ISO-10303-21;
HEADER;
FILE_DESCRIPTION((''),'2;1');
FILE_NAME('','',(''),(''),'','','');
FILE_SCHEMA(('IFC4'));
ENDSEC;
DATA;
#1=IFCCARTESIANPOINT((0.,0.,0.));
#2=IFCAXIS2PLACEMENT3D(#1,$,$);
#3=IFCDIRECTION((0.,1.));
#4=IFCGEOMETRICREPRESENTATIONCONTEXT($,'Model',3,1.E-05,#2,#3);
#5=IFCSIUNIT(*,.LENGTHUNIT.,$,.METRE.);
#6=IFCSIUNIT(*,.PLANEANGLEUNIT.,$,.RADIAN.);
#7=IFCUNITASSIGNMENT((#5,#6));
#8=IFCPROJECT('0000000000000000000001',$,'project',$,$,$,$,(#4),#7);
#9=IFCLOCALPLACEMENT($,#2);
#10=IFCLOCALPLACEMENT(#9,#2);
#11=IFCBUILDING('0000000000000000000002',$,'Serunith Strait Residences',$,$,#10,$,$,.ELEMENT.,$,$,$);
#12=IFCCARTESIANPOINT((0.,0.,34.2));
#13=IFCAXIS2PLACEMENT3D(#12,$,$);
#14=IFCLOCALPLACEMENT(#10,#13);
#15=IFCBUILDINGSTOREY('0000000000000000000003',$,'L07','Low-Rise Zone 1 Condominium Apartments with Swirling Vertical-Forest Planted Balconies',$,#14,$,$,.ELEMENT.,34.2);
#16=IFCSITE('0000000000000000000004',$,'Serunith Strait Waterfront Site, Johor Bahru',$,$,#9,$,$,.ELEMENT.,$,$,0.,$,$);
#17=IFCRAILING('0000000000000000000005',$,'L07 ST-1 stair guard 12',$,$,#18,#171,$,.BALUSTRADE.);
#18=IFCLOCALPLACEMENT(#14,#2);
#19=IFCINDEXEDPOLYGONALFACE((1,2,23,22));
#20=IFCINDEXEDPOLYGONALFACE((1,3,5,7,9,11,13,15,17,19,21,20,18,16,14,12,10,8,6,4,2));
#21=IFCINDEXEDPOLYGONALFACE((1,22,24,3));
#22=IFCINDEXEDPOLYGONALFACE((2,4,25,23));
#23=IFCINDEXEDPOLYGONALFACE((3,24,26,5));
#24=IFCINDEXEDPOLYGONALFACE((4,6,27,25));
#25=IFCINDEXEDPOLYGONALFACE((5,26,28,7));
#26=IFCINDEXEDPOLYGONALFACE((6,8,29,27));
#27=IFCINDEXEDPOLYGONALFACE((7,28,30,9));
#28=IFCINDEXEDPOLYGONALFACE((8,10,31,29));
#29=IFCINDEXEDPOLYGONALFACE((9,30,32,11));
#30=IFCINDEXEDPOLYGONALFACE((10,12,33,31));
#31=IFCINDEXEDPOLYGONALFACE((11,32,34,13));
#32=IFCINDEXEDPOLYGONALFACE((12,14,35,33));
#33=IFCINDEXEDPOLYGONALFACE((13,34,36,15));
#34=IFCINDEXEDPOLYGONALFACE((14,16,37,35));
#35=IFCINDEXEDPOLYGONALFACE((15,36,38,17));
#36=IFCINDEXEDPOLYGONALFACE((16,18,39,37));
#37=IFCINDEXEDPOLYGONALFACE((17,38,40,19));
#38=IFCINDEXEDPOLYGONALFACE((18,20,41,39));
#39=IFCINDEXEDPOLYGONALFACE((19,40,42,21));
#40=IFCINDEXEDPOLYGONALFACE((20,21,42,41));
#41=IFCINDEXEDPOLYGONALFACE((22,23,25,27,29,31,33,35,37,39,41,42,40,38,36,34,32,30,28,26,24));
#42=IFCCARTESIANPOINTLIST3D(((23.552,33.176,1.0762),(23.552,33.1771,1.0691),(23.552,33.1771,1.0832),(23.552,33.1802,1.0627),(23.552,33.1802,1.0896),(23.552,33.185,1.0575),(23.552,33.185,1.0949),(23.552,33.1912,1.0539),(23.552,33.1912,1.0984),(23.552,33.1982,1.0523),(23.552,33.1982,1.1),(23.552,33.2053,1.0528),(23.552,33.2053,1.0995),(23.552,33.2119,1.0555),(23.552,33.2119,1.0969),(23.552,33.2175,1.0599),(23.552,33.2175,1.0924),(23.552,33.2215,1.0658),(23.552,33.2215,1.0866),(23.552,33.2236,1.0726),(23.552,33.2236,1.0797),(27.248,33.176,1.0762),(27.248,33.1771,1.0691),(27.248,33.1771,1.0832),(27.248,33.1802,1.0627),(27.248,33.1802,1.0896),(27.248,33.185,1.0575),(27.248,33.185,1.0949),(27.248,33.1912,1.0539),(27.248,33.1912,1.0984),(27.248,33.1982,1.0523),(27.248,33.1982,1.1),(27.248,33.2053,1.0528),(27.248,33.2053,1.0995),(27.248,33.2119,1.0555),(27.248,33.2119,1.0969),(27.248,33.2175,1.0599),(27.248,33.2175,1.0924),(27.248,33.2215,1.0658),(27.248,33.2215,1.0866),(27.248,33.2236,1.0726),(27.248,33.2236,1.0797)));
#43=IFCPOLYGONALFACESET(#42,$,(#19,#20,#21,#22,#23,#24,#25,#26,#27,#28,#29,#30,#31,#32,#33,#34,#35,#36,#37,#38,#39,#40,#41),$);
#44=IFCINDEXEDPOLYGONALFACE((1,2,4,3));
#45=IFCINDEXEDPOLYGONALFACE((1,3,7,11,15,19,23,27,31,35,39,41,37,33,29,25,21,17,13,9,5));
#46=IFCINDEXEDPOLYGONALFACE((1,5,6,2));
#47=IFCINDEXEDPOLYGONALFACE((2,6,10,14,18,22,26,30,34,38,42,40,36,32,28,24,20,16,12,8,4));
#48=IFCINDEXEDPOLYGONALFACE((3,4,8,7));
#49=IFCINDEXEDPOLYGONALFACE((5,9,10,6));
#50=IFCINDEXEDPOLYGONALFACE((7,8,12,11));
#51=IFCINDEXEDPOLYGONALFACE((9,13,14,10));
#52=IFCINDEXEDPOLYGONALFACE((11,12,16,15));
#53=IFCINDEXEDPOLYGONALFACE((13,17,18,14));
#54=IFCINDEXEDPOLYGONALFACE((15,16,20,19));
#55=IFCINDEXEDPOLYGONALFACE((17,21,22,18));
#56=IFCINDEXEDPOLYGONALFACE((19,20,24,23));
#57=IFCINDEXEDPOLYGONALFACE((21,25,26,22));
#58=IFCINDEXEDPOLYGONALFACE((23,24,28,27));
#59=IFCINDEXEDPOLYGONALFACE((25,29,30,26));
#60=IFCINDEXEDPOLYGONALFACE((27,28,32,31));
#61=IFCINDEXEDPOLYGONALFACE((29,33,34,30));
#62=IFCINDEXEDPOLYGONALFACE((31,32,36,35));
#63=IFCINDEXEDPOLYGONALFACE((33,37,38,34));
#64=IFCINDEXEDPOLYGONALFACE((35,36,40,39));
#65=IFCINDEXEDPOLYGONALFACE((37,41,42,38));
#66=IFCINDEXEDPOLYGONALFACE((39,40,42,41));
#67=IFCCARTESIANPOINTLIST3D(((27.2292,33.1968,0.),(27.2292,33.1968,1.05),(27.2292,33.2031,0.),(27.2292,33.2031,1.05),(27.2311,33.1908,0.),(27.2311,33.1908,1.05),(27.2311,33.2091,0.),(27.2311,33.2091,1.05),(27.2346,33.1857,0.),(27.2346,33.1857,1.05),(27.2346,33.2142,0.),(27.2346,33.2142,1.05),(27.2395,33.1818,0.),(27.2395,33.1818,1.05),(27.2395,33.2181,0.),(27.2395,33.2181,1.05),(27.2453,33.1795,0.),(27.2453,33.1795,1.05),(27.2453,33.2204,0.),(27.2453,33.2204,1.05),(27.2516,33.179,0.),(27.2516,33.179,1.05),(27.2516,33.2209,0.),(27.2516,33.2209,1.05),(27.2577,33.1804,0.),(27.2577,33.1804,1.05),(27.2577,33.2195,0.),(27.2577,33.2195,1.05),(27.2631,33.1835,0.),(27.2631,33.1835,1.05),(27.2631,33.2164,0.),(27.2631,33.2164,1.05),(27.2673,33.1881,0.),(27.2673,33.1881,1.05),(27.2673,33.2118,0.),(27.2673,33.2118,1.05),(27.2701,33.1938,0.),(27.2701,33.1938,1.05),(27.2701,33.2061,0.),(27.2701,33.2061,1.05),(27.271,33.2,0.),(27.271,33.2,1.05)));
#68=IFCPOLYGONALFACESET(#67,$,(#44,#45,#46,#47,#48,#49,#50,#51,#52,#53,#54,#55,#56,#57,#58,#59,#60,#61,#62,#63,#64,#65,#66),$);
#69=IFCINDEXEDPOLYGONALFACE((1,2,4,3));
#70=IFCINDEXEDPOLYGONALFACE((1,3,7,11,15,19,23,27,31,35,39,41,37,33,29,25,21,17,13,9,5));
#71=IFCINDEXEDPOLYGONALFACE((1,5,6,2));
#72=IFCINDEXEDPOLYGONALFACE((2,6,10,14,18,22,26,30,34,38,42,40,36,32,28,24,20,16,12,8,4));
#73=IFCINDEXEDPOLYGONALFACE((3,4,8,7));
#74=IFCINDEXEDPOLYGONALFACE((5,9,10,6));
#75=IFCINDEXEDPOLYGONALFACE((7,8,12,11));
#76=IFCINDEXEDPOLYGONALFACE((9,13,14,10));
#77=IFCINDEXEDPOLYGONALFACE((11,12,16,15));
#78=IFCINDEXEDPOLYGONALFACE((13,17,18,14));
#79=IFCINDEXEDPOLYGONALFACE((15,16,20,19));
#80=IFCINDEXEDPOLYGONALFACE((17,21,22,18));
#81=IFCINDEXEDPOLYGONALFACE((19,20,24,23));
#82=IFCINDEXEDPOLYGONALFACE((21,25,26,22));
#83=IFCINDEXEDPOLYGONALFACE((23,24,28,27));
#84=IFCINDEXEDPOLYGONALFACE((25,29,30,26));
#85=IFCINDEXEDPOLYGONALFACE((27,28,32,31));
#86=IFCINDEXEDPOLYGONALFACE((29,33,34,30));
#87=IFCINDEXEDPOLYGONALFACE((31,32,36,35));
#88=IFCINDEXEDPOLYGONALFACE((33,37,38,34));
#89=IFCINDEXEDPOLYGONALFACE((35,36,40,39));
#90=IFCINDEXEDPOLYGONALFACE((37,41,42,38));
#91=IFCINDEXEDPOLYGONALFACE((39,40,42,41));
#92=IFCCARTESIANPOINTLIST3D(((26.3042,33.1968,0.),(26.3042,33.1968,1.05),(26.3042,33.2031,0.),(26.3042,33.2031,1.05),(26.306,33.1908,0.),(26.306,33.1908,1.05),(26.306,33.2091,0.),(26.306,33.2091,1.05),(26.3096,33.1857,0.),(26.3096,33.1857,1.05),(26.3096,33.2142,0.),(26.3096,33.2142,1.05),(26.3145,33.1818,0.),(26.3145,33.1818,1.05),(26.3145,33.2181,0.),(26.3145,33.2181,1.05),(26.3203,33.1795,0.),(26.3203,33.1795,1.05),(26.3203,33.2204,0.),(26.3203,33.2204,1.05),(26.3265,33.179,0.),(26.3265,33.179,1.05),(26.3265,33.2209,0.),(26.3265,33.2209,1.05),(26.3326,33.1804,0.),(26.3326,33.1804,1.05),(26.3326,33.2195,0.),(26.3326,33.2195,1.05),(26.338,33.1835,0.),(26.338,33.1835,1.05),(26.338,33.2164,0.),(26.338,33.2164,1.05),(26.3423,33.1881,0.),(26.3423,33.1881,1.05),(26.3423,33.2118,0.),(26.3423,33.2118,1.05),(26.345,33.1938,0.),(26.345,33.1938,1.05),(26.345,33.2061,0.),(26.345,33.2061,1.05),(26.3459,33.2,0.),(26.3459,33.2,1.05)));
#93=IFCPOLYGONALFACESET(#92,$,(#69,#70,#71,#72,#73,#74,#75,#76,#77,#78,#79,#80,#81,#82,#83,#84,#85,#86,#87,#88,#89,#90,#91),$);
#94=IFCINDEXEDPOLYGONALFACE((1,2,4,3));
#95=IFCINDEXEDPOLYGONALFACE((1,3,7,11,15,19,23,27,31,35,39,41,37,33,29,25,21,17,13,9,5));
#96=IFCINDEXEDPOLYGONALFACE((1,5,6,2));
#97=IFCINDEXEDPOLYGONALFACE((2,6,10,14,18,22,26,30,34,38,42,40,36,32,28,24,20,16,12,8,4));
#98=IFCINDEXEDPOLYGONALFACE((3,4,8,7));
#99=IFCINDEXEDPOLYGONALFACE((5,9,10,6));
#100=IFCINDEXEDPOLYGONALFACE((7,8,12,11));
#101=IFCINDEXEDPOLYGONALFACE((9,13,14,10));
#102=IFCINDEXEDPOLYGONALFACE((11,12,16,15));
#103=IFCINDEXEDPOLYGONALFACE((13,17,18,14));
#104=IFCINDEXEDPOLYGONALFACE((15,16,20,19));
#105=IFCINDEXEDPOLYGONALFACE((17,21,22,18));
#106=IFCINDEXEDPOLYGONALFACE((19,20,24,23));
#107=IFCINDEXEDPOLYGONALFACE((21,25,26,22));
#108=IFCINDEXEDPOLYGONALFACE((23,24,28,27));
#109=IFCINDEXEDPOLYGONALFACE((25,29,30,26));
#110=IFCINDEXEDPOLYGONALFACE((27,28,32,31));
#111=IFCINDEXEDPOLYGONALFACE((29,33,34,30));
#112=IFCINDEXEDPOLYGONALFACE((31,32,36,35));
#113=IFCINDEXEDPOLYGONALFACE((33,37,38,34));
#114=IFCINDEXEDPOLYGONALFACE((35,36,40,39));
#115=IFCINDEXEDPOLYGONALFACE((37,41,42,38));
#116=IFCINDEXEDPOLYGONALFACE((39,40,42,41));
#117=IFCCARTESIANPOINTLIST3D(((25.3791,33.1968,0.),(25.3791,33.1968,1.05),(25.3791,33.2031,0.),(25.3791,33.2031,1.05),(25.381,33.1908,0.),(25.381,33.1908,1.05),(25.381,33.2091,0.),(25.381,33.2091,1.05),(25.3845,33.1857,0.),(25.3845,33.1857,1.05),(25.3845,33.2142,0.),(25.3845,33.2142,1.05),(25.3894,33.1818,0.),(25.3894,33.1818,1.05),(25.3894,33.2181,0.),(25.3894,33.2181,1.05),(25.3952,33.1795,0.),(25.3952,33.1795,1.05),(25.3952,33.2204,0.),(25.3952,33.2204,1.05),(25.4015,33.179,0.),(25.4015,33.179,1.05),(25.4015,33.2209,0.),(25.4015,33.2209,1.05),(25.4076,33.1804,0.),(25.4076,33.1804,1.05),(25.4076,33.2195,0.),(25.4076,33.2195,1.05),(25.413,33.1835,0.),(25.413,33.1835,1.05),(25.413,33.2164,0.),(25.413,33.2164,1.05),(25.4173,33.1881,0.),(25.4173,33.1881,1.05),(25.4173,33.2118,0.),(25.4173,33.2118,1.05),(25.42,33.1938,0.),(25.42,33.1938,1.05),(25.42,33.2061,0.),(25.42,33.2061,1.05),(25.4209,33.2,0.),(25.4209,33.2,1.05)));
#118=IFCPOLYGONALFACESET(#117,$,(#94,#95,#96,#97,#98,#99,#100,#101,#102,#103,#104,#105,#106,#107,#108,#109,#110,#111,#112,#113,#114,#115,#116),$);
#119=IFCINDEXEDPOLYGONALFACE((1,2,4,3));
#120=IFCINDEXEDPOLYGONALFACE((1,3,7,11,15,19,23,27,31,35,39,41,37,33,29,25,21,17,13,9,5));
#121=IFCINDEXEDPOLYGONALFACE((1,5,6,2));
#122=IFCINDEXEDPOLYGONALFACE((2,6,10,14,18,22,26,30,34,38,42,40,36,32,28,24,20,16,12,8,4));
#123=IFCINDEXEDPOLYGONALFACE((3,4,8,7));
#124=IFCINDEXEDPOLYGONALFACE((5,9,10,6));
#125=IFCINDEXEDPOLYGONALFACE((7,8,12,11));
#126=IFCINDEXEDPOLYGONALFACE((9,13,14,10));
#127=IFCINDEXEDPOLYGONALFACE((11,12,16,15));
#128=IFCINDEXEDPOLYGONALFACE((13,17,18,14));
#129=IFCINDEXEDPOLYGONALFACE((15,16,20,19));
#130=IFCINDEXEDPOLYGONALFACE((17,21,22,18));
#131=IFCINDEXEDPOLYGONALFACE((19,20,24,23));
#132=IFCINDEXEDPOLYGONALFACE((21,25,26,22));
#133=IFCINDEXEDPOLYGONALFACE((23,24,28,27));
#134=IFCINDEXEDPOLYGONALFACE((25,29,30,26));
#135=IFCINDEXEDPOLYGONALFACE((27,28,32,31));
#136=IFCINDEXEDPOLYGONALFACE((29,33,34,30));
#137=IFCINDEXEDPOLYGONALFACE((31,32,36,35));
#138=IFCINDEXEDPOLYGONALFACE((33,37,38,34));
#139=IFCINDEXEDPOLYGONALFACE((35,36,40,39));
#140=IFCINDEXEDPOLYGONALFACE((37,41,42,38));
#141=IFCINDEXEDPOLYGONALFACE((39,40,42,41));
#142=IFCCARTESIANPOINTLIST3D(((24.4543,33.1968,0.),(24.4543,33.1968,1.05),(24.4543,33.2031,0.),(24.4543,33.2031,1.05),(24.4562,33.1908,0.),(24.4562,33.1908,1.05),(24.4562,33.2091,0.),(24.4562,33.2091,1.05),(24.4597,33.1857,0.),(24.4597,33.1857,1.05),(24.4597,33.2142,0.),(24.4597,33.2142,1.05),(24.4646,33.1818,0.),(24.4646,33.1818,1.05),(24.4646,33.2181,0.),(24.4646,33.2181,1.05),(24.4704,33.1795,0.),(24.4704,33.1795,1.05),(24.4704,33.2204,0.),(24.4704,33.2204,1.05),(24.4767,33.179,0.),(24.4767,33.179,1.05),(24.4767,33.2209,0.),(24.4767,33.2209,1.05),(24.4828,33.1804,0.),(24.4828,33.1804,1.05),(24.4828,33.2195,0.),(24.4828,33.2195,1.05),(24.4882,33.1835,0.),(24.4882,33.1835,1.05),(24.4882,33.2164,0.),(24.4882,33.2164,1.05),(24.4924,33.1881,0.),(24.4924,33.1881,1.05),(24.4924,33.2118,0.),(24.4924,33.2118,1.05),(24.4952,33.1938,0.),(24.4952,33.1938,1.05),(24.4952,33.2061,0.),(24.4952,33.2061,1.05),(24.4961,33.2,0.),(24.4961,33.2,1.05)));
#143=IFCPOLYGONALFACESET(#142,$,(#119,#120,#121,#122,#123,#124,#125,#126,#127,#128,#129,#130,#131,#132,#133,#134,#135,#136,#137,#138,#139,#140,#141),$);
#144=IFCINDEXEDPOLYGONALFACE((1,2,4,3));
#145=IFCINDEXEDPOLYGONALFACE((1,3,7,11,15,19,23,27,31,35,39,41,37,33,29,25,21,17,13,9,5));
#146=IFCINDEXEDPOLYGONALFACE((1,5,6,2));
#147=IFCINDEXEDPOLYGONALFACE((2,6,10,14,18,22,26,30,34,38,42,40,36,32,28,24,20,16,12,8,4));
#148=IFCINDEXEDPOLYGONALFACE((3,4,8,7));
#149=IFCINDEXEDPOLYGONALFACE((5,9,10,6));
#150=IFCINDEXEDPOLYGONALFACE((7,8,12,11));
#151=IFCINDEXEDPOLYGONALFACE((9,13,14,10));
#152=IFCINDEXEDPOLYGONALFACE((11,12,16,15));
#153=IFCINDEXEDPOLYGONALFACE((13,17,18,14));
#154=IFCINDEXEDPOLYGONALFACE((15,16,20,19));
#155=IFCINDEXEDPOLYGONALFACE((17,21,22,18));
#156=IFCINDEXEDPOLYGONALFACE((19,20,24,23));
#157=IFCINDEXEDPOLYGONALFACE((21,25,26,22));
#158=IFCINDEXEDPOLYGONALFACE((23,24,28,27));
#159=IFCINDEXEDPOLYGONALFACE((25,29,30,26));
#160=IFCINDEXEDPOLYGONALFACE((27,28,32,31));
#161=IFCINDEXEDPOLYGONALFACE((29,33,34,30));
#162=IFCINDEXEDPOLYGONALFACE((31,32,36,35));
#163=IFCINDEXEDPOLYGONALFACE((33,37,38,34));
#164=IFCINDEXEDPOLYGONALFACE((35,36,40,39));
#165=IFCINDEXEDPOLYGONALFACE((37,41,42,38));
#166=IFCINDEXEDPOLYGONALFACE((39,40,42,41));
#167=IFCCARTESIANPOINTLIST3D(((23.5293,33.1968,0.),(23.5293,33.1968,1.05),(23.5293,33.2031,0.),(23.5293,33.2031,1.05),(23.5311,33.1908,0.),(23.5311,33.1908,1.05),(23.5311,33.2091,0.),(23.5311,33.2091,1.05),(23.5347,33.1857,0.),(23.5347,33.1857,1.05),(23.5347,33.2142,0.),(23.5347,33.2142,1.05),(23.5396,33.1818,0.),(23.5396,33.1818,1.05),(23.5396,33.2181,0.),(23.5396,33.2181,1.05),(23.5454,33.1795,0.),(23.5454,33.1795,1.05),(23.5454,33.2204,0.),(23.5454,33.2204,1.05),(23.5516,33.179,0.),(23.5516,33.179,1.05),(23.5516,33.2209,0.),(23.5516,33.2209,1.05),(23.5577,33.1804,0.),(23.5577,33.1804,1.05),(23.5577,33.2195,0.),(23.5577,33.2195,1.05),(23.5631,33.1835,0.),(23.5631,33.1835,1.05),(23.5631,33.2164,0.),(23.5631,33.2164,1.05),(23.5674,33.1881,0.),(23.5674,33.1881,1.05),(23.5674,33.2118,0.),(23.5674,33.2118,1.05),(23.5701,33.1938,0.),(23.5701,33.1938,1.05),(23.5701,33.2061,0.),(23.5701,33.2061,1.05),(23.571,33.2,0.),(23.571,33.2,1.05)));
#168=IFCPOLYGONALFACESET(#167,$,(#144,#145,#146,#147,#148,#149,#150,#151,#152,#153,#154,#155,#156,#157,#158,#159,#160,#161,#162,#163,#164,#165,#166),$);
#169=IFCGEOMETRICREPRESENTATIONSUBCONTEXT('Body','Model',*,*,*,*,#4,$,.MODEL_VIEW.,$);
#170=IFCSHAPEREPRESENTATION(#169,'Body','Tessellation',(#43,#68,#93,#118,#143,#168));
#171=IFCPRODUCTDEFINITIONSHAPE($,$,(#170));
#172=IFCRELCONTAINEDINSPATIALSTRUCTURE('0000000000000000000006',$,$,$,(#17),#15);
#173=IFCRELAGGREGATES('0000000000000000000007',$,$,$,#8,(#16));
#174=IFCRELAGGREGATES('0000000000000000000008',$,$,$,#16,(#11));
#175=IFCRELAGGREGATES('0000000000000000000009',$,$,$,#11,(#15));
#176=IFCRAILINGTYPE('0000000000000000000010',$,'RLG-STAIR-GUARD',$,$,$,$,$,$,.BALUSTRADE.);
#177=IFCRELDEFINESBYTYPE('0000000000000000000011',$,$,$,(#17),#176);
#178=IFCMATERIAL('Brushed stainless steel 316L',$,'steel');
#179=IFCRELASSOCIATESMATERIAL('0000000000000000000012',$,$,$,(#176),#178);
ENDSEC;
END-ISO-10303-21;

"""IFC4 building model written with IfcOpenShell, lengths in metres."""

from ifc_helpers import new_model, si_unit, direction, frame, origin, origin_2d, place, context, subcontext, project, spatial, circle, extrude, material, type_object, element, save


model = new_model("IFC4")

# Units and contexts
model_context = context("Model", 3, precision=1e-05, world=origin(), true_north=direction((0.0, 1.0)))
body_context = subcontext(model_context, "Body", "Model", "MODEL_VIEW")
ifc_project = project(units=[si_unit("LENGTHUNIT", "METRE"), si_unit("PLANEANGLEUNIT", "RADIAN")], contexts=[model_context])

# Site, building, storey
site_placement = place(None, origin())
site = spatial("IfcSite", under=ifc_project, at=site_placement, Name="Serunith Strait Waterfront Site, Johor Bahru", CompositionType="ELEMENT", RefElevation=0.0)
building_placement = place(site_placement, origin())
building = spatial("IfcBuilding", under=site, at=building_placement, Name="Serunith Strait Residences", CompositionType="ELEMENT")
storey_placement = place(building_placement, frame((0.0, 0.0, 34.2)))
storey = spatial("IfcBuildingStorey", under=building, at=storey_placement, Name="L07", Description="Low-Rise Zone 1 Condominium Apartments with Swirling Vertical-Forest Planted Balconies", CompositionType="ELEMENT", Elevation=34.2)

# Railing
ifc_material_1 = material(Name="Brushed stainless steel 316L", Category="steel")
railing_type_1 = type_object("IfcRailingType", Name="RLG-STAIR-GUARD", PredefinedType="BALUSTRADE", material=ifc_material_1)
railing_1_placement = place(storey_placement, frame((27.25, 33.2, 0.0)))
element("IfcRailing", 1, at=railing_1_placement, inside=storey, type_object=railing_type_1, Name="L07 ST-1 stair guard 12", PredefinedType="BALUSTRADE", context=body_context, shape_type="SweptSolid", body=[
    extrude(circle(Radius=0.0239, at=origin_2d()), frame((-0.002, 0.0, 1.0762), z_axis=(-1.0, 0.0, 0.0), x_axis=(0.0, -1.0, 0.0)), (0.0, 0.0, 1.0), 3.696),
    extrude(circle(Radius=0.021, at=origin_2d()), origin(), (0.0, 0.0, 1.0), 1.05),
    extrude(circle(Radius=0.021, at=origin_2d()), frame((-0.925, 0.0, 0.0)), (0.0, 0.0, 1.0), 1.05),
    extrude(circle(Radius=0.021, at=origin_2d()), frame((-1.8501, 0.0, 0.0)), (0.0, 0.0, 1.0), 1.05),
    extrude(circle(Radius=0.021, at=origin_2d()), frame((-2.7749, 0.0, 0.0)), (0.0, 0.0, 1.0), 1.05),
    extrude(circle(Radius=0.021, at=origin_2d()), frame((-3.7, 0.0, 0.0)), (0.0, 0.0, 1.0), 1.05),
])

save(model, "model.ifc")
